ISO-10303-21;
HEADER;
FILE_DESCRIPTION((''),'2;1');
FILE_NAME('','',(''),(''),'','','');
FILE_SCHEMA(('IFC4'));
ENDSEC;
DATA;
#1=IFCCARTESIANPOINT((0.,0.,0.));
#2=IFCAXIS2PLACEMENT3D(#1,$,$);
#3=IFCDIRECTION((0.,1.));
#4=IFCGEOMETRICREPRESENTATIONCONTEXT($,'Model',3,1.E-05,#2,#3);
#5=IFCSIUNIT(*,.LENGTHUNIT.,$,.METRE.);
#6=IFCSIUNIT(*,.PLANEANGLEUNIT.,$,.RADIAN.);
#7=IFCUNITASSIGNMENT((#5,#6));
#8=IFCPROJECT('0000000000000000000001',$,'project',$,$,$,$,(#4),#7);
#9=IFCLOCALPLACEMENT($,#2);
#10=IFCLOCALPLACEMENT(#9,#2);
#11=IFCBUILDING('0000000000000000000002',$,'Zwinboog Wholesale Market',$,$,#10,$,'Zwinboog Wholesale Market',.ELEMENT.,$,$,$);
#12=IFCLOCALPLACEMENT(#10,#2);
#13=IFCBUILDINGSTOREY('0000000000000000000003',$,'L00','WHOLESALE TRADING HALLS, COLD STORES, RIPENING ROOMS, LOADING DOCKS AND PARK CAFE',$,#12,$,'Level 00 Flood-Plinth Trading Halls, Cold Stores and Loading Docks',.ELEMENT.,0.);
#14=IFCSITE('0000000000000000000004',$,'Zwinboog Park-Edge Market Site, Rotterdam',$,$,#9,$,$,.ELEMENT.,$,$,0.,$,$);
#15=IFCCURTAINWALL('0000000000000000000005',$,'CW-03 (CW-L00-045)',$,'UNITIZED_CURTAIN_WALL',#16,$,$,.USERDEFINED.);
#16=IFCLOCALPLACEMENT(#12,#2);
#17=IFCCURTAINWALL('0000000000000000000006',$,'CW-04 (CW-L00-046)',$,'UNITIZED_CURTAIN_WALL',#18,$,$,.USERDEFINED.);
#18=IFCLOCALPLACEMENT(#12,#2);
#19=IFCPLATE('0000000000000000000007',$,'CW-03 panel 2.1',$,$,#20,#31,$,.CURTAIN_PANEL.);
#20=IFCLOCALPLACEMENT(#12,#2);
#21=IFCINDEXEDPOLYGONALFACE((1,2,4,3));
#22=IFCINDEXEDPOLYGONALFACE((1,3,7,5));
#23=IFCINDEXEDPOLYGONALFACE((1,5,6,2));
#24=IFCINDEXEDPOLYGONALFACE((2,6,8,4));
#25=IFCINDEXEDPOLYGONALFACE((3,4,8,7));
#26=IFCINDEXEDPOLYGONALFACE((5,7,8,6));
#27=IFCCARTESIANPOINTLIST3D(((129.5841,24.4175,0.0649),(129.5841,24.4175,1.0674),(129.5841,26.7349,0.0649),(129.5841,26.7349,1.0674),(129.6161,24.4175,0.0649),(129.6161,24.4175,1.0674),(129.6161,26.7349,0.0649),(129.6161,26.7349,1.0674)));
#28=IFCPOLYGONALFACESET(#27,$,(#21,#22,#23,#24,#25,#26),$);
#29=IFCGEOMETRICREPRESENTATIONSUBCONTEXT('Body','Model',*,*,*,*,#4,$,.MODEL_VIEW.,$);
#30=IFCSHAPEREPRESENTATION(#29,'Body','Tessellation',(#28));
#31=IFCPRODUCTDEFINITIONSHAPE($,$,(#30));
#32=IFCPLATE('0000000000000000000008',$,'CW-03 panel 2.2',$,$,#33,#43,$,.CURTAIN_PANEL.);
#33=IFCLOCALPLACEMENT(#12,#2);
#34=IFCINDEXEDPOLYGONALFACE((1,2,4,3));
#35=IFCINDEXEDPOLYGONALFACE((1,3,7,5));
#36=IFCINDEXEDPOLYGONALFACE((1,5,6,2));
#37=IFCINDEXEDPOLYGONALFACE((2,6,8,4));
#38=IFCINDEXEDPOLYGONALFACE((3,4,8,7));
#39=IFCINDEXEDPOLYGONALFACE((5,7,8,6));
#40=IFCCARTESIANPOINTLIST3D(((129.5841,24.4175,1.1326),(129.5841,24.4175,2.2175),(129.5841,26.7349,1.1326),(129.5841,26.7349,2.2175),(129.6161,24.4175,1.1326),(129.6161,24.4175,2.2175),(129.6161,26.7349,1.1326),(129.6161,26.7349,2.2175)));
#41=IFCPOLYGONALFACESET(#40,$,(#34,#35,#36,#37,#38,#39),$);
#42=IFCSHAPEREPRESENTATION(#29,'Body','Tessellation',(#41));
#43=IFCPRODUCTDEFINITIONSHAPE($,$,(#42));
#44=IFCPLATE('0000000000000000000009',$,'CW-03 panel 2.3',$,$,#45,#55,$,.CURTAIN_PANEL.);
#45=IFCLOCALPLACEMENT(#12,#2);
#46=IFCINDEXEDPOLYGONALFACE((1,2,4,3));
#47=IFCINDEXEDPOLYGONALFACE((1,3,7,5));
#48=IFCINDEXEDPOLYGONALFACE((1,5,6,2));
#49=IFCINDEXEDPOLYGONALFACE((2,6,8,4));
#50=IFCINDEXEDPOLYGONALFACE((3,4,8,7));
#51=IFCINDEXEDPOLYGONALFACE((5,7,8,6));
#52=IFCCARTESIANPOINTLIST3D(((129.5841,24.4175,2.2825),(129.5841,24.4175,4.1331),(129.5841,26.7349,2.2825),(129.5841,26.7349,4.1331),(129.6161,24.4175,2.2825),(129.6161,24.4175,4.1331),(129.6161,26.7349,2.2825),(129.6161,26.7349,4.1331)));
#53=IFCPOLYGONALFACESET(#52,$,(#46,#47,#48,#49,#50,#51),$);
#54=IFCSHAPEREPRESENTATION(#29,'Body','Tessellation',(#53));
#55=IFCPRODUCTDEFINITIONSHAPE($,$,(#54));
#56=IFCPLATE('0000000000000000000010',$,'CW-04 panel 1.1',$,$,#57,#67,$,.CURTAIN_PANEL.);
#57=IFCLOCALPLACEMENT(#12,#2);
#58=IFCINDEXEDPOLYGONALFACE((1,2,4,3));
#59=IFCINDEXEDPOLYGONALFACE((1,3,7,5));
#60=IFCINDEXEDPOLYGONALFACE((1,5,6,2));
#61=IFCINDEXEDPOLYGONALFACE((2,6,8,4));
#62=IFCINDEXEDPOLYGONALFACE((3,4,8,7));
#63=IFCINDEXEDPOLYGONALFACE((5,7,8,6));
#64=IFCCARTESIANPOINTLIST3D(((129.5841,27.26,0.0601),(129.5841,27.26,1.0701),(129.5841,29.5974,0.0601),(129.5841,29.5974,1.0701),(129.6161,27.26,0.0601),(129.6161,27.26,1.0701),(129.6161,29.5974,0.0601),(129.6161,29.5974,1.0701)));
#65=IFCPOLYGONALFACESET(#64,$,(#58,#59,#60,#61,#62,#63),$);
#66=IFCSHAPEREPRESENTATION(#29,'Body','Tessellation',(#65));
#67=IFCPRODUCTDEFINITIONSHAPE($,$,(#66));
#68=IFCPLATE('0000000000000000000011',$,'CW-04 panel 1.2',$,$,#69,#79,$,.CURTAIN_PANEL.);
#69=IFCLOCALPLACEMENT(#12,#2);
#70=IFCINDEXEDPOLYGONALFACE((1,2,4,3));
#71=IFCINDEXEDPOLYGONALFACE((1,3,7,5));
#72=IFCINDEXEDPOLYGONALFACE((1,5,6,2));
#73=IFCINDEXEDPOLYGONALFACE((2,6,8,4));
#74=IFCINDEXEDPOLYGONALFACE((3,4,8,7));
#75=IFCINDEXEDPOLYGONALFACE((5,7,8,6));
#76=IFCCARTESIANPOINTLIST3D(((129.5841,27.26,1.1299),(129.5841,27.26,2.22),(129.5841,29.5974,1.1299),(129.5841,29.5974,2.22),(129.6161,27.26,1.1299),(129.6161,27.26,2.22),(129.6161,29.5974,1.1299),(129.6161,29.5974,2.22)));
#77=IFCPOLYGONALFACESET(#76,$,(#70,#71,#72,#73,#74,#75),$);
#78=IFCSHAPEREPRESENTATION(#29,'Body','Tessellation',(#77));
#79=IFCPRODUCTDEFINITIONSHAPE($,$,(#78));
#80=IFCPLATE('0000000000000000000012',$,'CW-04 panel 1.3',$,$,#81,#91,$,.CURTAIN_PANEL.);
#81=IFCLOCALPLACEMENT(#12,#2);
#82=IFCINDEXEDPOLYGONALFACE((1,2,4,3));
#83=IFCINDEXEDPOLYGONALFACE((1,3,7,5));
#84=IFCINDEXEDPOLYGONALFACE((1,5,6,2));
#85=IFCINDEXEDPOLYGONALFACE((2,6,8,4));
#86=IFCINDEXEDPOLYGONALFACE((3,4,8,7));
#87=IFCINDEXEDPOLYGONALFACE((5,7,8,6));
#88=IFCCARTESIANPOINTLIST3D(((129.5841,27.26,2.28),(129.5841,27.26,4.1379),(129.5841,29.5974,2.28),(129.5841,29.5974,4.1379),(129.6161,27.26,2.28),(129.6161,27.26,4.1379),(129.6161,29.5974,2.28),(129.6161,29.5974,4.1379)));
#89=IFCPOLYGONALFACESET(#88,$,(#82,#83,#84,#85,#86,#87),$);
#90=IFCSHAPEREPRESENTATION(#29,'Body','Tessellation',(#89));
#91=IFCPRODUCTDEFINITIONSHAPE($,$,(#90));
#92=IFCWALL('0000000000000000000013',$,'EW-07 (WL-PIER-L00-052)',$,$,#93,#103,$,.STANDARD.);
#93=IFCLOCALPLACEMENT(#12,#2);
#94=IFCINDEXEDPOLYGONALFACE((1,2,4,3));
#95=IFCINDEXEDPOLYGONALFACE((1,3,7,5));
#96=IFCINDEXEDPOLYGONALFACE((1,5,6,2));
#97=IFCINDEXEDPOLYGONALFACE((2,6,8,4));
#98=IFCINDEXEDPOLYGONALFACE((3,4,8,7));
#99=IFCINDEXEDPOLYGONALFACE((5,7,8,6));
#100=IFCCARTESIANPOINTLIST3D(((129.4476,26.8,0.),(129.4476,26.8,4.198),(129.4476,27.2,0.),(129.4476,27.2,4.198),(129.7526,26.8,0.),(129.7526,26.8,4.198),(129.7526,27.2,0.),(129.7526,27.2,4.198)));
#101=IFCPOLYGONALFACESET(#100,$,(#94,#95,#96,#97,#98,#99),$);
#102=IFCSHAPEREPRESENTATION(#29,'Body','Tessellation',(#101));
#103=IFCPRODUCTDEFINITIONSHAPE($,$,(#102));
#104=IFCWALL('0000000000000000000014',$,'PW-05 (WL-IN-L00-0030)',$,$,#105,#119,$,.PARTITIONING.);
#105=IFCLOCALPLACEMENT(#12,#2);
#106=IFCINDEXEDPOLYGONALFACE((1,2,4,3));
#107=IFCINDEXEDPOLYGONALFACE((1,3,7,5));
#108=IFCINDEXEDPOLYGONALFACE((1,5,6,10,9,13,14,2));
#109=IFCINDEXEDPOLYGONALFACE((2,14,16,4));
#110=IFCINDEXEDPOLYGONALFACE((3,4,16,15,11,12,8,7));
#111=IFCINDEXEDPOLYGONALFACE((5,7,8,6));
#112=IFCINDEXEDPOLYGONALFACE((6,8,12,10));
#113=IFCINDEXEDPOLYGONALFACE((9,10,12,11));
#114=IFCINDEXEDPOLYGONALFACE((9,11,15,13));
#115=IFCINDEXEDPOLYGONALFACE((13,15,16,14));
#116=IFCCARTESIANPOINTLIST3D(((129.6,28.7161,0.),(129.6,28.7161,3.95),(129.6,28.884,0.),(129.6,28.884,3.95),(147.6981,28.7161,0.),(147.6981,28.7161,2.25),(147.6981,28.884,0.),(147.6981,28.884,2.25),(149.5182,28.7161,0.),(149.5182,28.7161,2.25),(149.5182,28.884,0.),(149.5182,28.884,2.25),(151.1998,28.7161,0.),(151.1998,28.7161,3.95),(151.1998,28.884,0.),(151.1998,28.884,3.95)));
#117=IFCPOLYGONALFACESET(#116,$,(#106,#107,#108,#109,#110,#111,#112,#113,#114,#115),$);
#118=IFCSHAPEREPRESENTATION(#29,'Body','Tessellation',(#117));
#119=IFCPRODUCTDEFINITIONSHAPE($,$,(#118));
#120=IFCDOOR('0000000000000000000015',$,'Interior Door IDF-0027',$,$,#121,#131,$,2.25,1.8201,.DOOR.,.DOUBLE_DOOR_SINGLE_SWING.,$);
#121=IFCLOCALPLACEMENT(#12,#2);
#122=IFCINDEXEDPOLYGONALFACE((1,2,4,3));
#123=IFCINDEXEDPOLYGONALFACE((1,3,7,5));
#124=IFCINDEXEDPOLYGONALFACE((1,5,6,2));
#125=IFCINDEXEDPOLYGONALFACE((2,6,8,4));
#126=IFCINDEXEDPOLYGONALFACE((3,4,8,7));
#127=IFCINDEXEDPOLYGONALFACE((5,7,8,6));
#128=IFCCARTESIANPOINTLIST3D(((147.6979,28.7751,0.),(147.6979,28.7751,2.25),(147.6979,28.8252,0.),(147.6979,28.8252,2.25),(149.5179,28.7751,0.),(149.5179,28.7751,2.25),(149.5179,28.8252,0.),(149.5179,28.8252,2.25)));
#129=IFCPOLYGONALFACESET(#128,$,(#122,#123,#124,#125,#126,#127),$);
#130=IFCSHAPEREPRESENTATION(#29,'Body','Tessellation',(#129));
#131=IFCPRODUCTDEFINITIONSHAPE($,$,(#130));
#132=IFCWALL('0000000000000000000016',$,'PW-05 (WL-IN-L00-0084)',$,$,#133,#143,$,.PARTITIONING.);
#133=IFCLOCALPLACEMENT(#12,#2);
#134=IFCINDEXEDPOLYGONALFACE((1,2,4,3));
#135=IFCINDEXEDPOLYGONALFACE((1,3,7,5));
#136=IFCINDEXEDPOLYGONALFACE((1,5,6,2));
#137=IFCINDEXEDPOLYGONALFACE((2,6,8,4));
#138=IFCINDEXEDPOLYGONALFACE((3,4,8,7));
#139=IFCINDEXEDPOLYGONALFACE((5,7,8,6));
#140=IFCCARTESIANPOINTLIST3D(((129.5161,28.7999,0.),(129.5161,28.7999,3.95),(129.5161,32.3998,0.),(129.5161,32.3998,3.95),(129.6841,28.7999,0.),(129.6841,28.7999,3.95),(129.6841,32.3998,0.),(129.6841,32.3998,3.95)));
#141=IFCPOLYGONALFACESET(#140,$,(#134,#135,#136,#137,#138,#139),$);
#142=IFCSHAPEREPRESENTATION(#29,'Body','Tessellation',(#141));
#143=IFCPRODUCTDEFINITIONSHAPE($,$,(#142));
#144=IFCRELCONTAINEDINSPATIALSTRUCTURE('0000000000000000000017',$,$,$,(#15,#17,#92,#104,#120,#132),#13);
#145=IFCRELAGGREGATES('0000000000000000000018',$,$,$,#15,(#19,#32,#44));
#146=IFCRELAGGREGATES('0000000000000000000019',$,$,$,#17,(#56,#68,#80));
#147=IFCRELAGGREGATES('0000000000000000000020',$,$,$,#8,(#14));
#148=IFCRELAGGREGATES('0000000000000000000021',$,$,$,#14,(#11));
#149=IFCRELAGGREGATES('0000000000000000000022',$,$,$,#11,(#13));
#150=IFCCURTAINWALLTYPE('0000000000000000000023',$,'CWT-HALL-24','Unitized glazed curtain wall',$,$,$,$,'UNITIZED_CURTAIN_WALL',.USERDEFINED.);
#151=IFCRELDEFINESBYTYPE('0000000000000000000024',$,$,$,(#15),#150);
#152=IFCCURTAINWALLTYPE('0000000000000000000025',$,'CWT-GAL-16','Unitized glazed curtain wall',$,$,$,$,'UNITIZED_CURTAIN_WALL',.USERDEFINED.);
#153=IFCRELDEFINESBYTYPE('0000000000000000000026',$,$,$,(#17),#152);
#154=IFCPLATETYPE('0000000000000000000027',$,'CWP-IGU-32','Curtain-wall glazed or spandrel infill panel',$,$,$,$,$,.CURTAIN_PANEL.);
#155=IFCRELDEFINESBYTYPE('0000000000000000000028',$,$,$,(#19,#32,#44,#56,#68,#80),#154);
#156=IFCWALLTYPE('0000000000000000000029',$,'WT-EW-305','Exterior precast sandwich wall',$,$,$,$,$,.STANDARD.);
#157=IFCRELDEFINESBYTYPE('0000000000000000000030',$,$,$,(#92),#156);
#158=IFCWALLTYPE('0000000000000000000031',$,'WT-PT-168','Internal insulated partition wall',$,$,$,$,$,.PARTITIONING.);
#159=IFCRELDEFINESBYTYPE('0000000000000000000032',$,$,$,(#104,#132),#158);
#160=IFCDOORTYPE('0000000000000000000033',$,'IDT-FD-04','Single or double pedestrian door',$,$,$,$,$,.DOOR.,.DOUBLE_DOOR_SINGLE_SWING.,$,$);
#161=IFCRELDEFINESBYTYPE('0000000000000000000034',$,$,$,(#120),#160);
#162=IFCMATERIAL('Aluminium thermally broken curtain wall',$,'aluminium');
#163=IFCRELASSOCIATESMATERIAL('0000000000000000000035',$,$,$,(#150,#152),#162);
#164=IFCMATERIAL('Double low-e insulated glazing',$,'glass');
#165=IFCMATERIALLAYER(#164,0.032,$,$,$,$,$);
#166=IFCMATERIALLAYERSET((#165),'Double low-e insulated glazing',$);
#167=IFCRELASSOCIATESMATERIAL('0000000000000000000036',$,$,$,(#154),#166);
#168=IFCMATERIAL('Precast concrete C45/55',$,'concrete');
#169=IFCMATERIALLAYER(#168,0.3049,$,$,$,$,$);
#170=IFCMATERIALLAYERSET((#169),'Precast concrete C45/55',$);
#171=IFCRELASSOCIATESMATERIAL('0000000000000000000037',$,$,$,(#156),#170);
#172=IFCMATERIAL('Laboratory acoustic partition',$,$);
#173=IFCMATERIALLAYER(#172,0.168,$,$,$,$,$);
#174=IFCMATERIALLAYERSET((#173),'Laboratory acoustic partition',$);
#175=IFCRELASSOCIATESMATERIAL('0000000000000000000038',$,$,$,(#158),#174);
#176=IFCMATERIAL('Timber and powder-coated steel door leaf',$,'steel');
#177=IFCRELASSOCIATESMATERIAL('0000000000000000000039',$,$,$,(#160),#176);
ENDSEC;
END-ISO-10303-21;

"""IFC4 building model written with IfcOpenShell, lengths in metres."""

from ifc_helpers import new_model, si_unit, direction, frame, frame_2d, origin, origin_2d, place, context, subcontext, project, spatial, rectangle, extrude, material, layer, layer_set, type_object, element, fill, aggregate, save


model = new_model("IFC4")

# Units and contexts
model_context = context("Model", 3, precision=1e-05, world=origin(), true_north=direction((0.0, 1.0)))
body_context = subcontext(model_context, "Body", "Model", "MODEL_VIEW")
ifc_project = project(units=[si_unit("LENGTHUNIT", "METRE"), si_unit("PLANEANGLEUNIT", "RADIAN")], contexts=[model_context])

# Site, building, storey
site_placement = place(None, origin())
site = spatial("IfcSite", under=ifc_project, at=site_placement, Name="Zwinboog Park-Edge Market Site, Rotterdam", CompositionType="ELEMENT", RefElevation=0.0)
building_placement = place(site_placement, origin())
building = spatial("IfcBuilding", under=site, at=building_placement, Name="Zwinboog Wholesale Market", LongName="Zwinboog Wholesale Market", CompositionType="ELEMENT")
storey_placement = place(building_placement, origin())
storey = spatial("IfcBuildingStorey", under=building, at=storey_placement, Name="L00", Description="WHOLESALE TRADING HALLS, COLD STORES, RIPENING ROOMS, LOADING DOCKS AND PARK CAFE", LongName="Level 00 Flood-Plinth Trading Halls, Cold Stores and Loading Docks", CompositionType="ELEMENT", Elevation=0.0)

# Curtain walls
ifc_material_1 = material(Name="Aluminium thermally broken curtain wall", Category="aluminium")
curtain_wall_type_1 = type_object("IfcCurtainWallType", Name="CWT-HALL-24", Description="Unitized glazed curtain wall", ElementType="UNITIZED_CURTAIN_WALL", PredefinedType="USERDEFINED", material=ifc_material_1)
curtain_wall_1_placement = place(storey_placement, origin())
curtain_wall_1 = element("IfcCurtainWall", 1, at=curtain_wall_1_placement, inside=storey, type_object=curtain_wall_type_1, Name="CW-03 (CW-L00-045)", ObjectType="UNITIZED_CURTAIN_WALL", PredefinedType="USERDEFINED")
curtain_wall_type_2 = type_object("IfcCurtainWallType", Name="CWT-GAL-16", Description="Unitized glazed curtain wall", ElementType="UNITIZED_CURTAIN_WALL", PredefinedType="USERDEFINED", material=ifc_material_1)
curtain_wall_2_placement = place(storey_placement, origin())
curtain_wall_2 = element("IfcCurtainWall", 2, at=curtain_wall_2_placement, inside=storey, type_object=curtain_wall_type_2, Name="CW-04 (CW-L00-046)", ObjectType="UNITIZED_CURTAIN_WALL", PredefinedType="USERDEFINED")

# Plates
ifc_material_2 = material(Name="Double low-e insulated glazing", Category="glass")
ifc_layer_1 = layer(ifc_material_2, 0.032)
ifc_layer_set_1 = layer_set([ifc_layer_1], Name="Double low-e insulated glazing")
plate_type = type_object("IfcPlateType", Name="CWP-IGU-32", Description="Curtain-wall glazed or spandrel infill panel", PredefinedType="CURTAIN_PANEL", material=ifc_layer_set_1)
plate_1_placement = place(storey_placement, frame((129.6001, 25.5762, 0.0649), z_axis=(0.0, 0.0, 1.0), x_axis=(0.0, 1.0, 0.0)))
plate_1 = element("IfcPlate", 3, at=plate_1_placement, type_object=plate_type, Name="CW-03 panel 2.1", PredefinedType="CURTAIN_PANEL", context=body_context, shape_type="SweptSolid", body=[
    extrude(rectangle(XDim=2.3174, YDim=0.032, at=origin_2d()), origin(), (0.0, 0.0, 1.0), 1.0024),
])
plate_2_placement = place(storey_placement, frame((129.6001, 25.5762, 1.1326), z_axis=(0.0, 0.0, 1.0), x_axis=(0.0, 1.0, 0.0)))
plate_2 = element("IfcPlate", 4, at=plate_2_placement, type_object=plate_type, Name="CW-03 panel 2.2", PredefinedType="CURTAIN_PANEL", context=body_context, shape_type="SweptSolid", body=[
    extrude(rectangle(XDim=2.3174, YDim=0.032, at=origin_2d()), origin(), (0.0, 0.0, 1.0), 1.085),
])
plate_3_placement = place(storey_placement, frame((129.6001, 25.5762, 2.2825), z_axis=(0.0, 0.0, 1.0), x_axis=(0.0, 1.0, 0.0)))
plate_3 = element("IfcPlate", 5, at=plate_3_placement, type_object=plate_type, Name="CW-03 panel 2.3", PredefinedType="CURTAIN_PANEL", context=body_context, shape_type="SweptSolid", body=[
    extrude(rectangle(XDim=2.3174, YDim=0.032, at=origin_2d()), origin(), (0.0, 0.0, 1.0), 1.8506),
])
aggregate(curtain_wall_1, [plate_1, plate_2, plate_3])
plate_4_placement = place(storey_placement, frame((129.6001, 28.4287, 0.0601), z_axis=(0.0, 0.0, 1.0), x_axis=(0.0, 1.0, 0.0)))
plate_4 = element("IfcPlate", 6, at=plate_4_placement, type_object=plate_type, Name="CW-04 panel 1.1", PredefinedType="CURTAIN_PANEL", context=body_context, shape_type="SweptSolid", body=[
    extrude(rectangle(XDim=2.3374, YDim=0.032, at=origin_2d()), origin(), (0.0, 0.0, 1.0), 1.01),
])
plate_5_placement = place(storey_placement, frame((129.6001, 28.4287, 1.1299), z_axis=(0.0, 0.0, 1.0), x_axis=(0.0, 1.0, 0.0)))
plate_5 = element("IfcPlate", 7, at=plate_5_placement, type_object=plate_type, Name="CW-04 panel 1.2", PredefinedType="CURTAIN_PANEL", context=body_context, shape_type="SweptSolid", body=[
    extrude(rectangle(XDim=2.3374, YDim=0.032, at=origin_2d()), origin(), (0.0, 0.0, 1.0), 1.0901),
])
plate_6_placement = place(storey_placement, frame((129.6001, 28.4287, 2.28), z_axis=(0.0, 0.0, 1.0), x_axis=(0.0, 1.0, 0.0)))
plate_6 = element("IfcPlate", 8, at=plate_6_placement, type_object=plate_type, Name="CW-04 panel 1.3", PredefinedType="CURTAIN_PANEL", context=body_context, shape_type="SweptSolid", body=[
    extrude(rectangle(XDim=2.3374, YDim=0.032, at=origin_2d()), origin(), (0.0, 0.0, 1.0), 1.8579),
])
aggregate(curtain_wall_2, [plate_4, plate_5, plate_6])

# Wall
ifc_material_3 = material(Name="Precast concrete C45/55", Category="concrete")
ifc_layer_2 = layer(ifc_material_3, 0.3049)
ifc_layer_set_2 = layer_set([ifc_layer_2], Name="Precast concrete C45/55")
wall_type_1 = type_object("IfcWallType", Name="WT-EW-305", Description="Exterior precast sandwich wall", PredefinedType="STANDARD", material=ifc_layer_set_2)
wall_1_placement = place(storey_placement, frame((129.6001, 26.8, 0.0), z_axis=(0.0, 0.0, 1.0), x_axis=(0.0, 1.0, 0.0)))
element("IfcWall", 9, at=wall_1_placement, inside=storey, type_object=wall_type_1, Name="EW-07 (WL-PIER-L00-052)", PredefinedType="STANDARD", context=body_context, shape_type="SweptSolid", body=[
    extrude(rectangle(XDim=0.3999, YDim=0.3049, at=frame_2d((0.2, 0.0))), origin(), (0.0, 0.0, 1.0), 4.198),
])

# Wall, opening, door
ifc_material_4 = material(Name="Laboratory acoustic partition")
ifc_layer_3 = layer(ifc_material_4, 0.168)
ifc_layer_set_3 = layer_set([ifc_layer_3], Name="Laboratory acoustic partition")
wall_type_2 = type_object("IfcWallType", Name="WT-PT-168", Description="Internal insulated partition wall", PredefinedType="PARTITIONING", material=ifc_layer_set_3)
wall_2_placement = place(storey_placement, frame((129.6001, 28.8, 0.0), z_axis=(0.0, 0.0, 1.0), x_axis=(1.0, 0.0, 0.0)))
wall_2 = element("IfcWall", 10, at=wall_2_placement, inside=storey, type_object=wall_type_2, Name="PW-05 (WL-IN-L00-0030)", PredefinedType="PARTITIONING", context=body_context, shape_type="SweptSolid", body=[
    extrude(rectangle(XDim=21.5999, YDim=0.168, at=frame_2d((10.7998, 0.0))), origin(), (0.0, 0.0, 1.0), 3.95),
])
opening_placement = place(wall_2_placement, frame((18.0979, 0.0, 0.0)))
opening = element("IfcOpeningElement", 11, at=opening_placement, cuts=wall_2, PredefinedType="OPENING", context=body_context, shape_type="SweptSolid", body=[
    extrude(rectangle(XDim=1.8201, YDim=2.25, at=frame_2d((0.9102, 1.125))), frame((0.0, 0.094, 0.0), z_axis=(0.0, -1.0, 0.0), x_axis=(1.0, 0.0, 0.0)), (0.0, 0.0, 1.0), 0.188),
])
ifc_material_5 = material(Name="Timber and powder-coated steel door leaf", Category="steel")
door_type = type_object("IfcDoorType", Name="IDT-FD-04", Description="Single or double pedestrian door", OperationType="DOUBLE_DOOR_SINGLE_SWING", PredefinedType="DOOR", material=ifc_material_5)
door_placement = place(opening_placement, frame((1.8201, 0.0, 0.0), z_axis=(0.0, 0.0, 1.0), x_axis=(-1.0, 0.0, 0.0)))
door = element("IfcDoor", 12, at=door_placement, inside=storey, type_object=door_type, Name="Interior Door IDF-0027", OperationType="DOUBLE_DOOR_SINGLE_SWING", OverallHeight=2.25, OverallWidth=1.8201, PredefinedType="DOOR", context=body_context, shape_type="SweptSolid", body=[
    extrude(rectangle(XDim=1.8201, YDim=2.25, at=frame_2d((0.9102, 1.125))), frame((0.0, 0.0249, 0.0), z_axis=(0.0, -1.0, 0.0), x_axis=(1.0, 0.0, 0.0)), (0.0, 0.0, 1.0), 0.05),
])
fill(opening, door)

# Wall
wall_3_placement = place(storey_placement, frame((129.6001, 28.8, 0.0), z_axis=(0.0, 0.0, 1.0), x_axis=(0.0, 1.0, 0.0)))
element("IfcWall", 13, at=wall_3_placement, inside=storey, type_object=wall_type_2, Name="PW-05 (WL-IN-L00-0084)", PredefinedType="PARTITIONING", context=body_context, shape_type="SweptSolid", body=[
    extrude(rectangle(XDim=3.5999, YDim=0.168, at=frame_2d((1.7998, 0.0))), origin(), (0.0, 0.0, 1.0), 3.95),
])

save(model, "model.ifc")
